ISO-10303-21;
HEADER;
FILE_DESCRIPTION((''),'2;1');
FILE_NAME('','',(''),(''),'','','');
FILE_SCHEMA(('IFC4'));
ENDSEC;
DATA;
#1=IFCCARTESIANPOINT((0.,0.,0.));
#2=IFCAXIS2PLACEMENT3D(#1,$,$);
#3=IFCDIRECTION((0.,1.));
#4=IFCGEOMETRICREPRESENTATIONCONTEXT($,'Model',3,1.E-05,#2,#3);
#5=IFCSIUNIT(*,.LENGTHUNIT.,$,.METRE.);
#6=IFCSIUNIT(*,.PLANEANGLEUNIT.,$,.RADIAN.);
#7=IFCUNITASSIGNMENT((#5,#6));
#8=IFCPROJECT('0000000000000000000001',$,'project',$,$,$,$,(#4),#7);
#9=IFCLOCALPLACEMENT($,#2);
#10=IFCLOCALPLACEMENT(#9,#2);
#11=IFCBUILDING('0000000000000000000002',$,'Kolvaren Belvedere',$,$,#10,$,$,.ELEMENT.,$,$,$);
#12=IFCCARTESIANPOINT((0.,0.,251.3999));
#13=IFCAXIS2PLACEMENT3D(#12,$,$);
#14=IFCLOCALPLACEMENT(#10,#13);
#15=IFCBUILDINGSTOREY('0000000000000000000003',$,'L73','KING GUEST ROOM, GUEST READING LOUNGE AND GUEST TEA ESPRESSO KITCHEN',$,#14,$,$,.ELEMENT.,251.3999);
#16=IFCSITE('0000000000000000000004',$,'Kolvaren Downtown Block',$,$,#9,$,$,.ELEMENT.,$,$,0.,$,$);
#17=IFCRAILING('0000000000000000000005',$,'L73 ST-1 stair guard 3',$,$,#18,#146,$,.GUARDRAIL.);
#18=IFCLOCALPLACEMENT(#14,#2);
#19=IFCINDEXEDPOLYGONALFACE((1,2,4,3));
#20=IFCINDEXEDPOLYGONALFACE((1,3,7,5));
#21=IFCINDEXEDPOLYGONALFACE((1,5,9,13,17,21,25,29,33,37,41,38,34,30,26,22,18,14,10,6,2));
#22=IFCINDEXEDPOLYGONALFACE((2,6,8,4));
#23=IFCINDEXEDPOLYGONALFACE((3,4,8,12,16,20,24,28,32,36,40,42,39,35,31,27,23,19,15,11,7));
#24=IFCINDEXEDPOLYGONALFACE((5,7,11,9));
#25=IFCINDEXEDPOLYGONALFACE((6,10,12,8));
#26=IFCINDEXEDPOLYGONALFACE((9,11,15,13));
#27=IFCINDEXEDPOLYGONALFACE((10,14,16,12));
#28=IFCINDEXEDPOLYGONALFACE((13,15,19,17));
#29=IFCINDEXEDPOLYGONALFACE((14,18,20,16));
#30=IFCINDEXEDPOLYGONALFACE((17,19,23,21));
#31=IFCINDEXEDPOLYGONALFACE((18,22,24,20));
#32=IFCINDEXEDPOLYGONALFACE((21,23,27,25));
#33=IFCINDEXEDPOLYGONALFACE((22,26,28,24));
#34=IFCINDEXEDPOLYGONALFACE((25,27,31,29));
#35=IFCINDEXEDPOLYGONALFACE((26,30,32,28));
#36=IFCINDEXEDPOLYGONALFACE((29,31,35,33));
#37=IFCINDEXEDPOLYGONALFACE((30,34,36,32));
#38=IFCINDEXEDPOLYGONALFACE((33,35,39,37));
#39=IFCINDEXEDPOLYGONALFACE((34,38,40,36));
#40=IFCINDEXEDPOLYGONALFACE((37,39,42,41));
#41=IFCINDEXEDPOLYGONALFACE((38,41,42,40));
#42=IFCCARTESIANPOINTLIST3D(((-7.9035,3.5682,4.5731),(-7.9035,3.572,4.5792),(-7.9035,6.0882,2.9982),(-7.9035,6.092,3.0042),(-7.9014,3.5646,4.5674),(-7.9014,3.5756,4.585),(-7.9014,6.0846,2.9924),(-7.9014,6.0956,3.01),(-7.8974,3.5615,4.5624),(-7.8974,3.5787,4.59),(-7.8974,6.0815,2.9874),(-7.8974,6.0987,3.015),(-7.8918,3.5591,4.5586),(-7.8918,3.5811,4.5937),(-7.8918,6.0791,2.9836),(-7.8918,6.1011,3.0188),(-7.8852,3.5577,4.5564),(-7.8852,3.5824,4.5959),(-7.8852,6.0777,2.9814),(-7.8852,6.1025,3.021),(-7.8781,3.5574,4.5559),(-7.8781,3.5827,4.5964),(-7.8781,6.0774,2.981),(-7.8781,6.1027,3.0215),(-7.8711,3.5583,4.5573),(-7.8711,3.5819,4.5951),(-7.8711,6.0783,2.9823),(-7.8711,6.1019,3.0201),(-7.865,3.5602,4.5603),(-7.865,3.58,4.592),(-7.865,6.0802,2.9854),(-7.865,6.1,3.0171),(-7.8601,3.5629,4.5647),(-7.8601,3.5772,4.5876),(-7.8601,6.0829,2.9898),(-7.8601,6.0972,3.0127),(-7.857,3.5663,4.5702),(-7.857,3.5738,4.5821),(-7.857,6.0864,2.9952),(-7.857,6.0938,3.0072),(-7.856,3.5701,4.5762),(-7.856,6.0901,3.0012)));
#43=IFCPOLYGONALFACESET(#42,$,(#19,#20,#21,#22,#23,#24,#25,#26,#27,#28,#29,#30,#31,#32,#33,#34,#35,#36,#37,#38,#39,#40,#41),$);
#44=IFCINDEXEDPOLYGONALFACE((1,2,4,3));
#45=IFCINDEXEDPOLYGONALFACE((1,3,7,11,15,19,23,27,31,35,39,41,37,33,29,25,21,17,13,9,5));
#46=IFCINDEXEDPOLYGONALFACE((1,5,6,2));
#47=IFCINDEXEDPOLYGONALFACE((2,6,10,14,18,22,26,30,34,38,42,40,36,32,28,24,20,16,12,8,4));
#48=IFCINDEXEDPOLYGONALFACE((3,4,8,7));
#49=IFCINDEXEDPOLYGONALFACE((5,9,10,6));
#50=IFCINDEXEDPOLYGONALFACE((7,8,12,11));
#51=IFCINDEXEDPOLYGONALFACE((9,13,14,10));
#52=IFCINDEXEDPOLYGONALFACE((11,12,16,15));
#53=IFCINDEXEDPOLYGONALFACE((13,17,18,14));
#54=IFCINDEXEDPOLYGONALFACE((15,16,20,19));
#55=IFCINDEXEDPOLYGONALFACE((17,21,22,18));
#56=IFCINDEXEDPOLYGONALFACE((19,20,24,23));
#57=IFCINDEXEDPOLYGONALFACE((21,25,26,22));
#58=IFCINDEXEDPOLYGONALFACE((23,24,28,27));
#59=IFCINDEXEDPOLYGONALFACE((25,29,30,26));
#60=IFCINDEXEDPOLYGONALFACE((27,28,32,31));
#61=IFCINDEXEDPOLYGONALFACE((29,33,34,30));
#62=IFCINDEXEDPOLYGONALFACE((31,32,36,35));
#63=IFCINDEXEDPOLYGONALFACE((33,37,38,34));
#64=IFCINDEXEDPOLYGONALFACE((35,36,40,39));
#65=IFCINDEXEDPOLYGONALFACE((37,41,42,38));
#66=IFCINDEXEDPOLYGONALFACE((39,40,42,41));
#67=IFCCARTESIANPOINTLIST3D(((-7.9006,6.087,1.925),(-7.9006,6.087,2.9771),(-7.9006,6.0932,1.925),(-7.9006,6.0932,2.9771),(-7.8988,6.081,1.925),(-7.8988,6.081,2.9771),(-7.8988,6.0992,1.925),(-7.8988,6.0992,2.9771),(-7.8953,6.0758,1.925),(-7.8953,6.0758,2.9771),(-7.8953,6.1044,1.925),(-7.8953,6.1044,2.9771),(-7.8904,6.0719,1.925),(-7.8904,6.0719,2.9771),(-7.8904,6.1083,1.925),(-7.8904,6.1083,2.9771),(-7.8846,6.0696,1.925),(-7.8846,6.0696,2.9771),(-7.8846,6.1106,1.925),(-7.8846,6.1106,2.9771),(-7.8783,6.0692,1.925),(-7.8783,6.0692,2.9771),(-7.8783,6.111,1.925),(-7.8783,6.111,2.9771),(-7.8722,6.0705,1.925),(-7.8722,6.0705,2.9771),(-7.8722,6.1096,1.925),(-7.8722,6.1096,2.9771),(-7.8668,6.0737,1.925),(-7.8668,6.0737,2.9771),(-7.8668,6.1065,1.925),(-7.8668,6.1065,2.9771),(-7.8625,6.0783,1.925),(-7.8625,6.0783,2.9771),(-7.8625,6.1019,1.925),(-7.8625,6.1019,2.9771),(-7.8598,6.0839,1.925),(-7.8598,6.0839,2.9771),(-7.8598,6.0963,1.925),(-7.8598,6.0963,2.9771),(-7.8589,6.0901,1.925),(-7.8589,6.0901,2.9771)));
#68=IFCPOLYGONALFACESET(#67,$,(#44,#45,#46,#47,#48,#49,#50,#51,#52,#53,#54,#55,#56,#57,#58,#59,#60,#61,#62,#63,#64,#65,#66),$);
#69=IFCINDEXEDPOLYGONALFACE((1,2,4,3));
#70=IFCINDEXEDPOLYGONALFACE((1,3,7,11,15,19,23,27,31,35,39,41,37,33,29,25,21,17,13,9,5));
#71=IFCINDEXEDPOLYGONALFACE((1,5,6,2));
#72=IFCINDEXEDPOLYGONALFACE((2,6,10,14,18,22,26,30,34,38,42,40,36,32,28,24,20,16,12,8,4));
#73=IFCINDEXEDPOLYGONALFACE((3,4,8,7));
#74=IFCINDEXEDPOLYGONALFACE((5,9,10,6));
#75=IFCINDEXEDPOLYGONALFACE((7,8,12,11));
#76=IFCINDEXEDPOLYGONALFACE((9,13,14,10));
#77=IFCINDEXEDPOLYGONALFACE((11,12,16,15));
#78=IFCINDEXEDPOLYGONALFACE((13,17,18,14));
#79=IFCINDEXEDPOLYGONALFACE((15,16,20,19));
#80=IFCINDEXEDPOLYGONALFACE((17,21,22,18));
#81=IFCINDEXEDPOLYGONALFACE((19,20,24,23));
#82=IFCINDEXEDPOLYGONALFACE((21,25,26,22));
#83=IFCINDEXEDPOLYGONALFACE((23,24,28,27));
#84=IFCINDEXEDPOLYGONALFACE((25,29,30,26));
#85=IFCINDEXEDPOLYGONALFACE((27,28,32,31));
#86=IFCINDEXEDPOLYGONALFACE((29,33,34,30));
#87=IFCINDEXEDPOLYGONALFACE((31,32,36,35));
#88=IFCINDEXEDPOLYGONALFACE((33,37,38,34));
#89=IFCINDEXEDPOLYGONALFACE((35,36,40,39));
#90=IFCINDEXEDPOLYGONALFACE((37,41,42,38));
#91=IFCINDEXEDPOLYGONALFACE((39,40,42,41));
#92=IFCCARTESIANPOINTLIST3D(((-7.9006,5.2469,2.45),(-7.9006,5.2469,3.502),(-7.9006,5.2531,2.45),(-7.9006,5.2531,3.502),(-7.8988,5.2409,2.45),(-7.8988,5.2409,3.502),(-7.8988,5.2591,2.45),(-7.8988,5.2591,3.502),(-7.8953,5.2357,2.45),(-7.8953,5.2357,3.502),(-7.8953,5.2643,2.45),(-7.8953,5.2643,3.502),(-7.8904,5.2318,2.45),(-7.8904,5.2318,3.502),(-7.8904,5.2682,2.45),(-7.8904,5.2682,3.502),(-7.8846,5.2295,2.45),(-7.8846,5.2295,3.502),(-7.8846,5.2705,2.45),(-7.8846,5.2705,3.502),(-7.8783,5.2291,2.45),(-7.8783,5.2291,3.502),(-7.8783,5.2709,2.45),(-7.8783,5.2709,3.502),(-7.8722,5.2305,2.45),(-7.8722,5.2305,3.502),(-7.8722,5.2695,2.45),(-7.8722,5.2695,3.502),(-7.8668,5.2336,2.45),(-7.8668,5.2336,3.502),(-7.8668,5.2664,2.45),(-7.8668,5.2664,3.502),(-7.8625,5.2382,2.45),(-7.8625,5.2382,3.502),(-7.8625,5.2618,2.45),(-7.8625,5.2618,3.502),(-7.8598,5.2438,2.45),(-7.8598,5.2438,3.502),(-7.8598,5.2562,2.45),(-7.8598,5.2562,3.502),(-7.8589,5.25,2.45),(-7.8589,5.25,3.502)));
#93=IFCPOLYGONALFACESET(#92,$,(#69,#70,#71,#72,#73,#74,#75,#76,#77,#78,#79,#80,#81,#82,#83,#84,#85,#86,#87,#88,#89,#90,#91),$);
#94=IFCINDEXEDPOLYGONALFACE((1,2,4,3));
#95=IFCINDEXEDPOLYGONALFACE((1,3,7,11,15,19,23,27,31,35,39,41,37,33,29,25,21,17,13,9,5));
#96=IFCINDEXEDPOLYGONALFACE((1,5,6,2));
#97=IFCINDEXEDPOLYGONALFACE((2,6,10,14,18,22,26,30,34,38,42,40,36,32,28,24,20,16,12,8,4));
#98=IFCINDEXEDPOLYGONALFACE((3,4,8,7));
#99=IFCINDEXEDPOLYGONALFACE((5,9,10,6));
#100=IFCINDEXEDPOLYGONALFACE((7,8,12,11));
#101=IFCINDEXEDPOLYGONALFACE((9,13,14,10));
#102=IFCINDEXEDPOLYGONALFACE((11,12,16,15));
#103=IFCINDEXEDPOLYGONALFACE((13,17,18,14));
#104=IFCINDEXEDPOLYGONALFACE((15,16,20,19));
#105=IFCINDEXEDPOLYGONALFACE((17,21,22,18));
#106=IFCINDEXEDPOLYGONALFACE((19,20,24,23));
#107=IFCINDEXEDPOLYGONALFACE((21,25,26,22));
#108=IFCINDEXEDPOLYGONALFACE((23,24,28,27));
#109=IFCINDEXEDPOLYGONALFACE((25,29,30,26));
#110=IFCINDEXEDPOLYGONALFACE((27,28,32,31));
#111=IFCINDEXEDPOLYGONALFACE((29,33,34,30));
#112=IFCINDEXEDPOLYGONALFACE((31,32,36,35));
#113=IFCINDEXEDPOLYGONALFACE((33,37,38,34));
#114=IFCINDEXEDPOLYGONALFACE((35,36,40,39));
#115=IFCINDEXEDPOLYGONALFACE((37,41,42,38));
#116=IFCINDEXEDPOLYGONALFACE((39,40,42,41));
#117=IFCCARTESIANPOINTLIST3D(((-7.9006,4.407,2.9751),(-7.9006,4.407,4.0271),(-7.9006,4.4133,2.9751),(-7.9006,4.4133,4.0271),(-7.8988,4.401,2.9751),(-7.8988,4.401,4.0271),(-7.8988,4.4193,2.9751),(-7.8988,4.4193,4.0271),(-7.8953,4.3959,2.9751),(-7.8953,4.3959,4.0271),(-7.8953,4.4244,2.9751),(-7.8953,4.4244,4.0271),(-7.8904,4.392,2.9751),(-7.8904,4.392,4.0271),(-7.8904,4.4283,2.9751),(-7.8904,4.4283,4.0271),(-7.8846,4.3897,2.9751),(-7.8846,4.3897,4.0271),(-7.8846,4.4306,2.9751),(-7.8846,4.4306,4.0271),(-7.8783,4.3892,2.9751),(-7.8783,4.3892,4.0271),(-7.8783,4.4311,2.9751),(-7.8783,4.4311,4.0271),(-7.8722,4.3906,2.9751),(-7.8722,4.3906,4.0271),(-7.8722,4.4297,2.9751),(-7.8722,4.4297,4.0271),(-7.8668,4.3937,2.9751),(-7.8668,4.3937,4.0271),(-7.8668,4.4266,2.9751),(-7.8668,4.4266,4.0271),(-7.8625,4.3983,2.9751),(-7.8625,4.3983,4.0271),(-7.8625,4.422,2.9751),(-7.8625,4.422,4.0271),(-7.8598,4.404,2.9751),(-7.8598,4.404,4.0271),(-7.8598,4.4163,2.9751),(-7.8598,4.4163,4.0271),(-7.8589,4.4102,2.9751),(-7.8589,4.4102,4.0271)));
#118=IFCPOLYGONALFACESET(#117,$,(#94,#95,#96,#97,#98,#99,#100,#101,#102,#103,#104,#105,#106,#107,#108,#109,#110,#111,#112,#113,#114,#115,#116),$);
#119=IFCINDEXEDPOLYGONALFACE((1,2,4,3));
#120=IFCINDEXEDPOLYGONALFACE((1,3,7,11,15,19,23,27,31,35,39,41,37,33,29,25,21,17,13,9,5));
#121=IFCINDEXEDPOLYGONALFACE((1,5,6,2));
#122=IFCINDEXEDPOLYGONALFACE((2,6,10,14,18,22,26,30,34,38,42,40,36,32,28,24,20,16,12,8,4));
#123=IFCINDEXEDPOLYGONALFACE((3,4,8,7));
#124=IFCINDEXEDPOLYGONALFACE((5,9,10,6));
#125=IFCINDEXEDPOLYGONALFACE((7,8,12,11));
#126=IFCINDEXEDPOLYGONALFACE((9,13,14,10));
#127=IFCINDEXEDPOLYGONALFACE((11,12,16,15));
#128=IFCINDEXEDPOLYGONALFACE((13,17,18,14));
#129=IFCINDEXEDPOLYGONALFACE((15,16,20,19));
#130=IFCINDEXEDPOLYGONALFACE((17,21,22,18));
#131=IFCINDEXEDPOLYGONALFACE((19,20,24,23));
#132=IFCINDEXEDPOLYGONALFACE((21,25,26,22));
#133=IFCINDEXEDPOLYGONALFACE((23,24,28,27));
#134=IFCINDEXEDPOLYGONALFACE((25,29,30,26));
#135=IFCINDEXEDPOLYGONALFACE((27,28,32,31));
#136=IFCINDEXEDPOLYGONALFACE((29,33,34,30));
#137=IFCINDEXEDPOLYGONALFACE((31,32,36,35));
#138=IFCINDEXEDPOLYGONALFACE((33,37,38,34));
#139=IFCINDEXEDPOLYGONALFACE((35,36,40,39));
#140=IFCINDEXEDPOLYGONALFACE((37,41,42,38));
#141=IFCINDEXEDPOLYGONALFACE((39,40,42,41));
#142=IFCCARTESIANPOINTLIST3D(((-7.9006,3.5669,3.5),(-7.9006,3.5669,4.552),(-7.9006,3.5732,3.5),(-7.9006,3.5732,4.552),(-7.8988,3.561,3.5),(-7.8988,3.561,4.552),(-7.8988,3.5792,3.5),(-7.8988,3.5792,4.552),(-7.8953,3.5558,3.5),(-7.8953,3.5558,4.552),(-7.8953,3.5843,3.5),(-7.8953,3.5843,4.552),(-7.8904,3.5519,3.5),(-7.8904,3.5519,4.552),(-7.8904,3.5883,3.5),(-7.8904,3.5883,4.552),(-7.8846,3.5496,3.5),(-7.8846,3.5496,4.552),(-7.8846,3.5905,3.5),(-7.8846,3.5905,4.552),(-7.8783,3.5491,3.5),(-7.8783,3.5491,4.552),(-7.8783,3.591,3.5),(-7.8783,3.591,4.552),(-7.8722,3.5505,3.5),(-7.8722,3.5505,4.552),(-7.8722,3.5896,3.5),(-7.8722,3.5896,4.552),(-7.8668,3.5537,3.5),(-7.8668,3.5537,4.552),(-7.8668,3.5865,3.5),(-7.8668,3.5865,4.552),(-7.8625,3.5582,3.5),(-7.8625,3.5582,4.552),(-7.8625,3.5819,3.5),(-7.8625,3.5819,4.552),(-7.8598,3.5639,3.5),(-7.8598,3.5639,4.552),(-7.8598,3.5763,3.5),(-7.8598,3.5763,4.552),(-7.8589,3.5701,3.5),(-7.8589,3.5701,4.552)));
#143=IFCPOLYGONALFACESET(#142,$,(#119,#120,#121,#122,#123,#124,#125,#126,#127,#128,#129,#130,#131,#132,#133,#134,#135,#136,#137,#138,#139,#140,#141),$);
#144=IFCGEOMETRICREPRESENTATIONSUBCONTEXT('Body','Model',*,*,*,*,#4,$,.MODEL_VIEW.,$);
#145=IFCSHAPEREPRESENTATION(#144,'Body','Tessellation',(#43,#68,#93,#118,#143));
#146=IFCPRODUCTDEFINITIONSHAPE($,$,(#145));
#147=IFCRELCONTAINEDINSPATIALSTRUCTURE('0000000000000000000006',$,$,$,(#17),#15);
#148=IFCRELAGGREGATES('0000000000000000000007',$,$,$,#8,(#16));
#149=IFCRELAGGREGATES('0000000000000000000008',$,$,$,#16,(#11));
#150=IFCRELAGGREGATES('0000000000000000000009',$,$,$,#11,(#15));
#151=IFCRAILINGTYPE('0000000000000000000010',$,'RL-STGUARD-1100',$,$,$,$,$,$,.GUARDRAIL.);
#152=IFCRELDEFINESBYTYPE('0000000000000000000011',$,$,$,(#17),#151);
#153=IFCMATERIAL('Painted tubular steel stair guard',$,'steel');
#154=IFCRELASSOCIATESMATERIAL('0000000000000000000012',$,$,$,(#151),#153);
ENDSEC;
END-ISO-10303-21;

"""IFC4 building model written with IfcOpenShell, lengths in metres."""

from ifc_helpers import new_model, si_unit, direction, frame, origin, origin_2d, place, context, subcontext, project, spatial, circle, extrude, material, type_object, element, save


model = new_model("IFC4")

# Units and contexts
model_context = context("Model", 3, precision=1e-05, world=origin(), true_north=direction((0.0, 1.0)))
body_context = subcontext(model_context, "Body", "Model", "MODEL_VIEW")
ifc_project = project(units=[si_unit("LENGTHUNIT", "METRE"), si_unit("PLANEANGLEUNIT", "RADIAN")], contexts=[model_context])

# Site, building, storey
site_placement = place(None, origin())
site = spatial("IfcSite", under=ifc_project, at=site_placement, Name="Kolvaren Downtown Block", CompositionType="ELEMENT", RefElevation=0.0)
building_placement = place(site_placement, origin())
building = spatial("IfcBuilding", under=site, at=building_placement, Name="Kolvaren Belvedere", CompositionType="ELEMENT")
storey_placement = place(building_placement, frame((0.0, 0.0, 251.3999)))
storey = spatial("IfcBuildingStorey", under=building, at=storey_placement, Name="L73", Description="KING GUEST ROOM, GUEST READING LOUNGE AND GUEST TEA ESPRESSO KITCHEN", CompositionType="ELEMENT", Elevation=251.3999)

# Railing
ifc_material_1 = material(Name="Painted tubular steel stair guard", Category="steel")
railing_type_1 = type_object("IfcRailingType", Name="RL-STGUARD-1100", PredefinedType="GUARDRAIL", material=ifc_material_1)
railing_1_placement = place(storey_placement, frame((-7.8799, 6.0901, 1.925)))
element("IfcRailing", 1, at=railing_1_placement, inside=storey, type_object=railing_type_1, Name="L73 ST-1 stair guard 3", PredefinedType="GUARDRAIL", context=body_context, shape_type="SweptSolid", body=[
    extrude(circle(Radius=0.0239, at=origin_2d()), frame((0.0, 0.0, 1.0762), z_axis=(0.0, -0.848008, 0.529984), x_axis=(1.0, 0.0, 0.0)), (0.0, 0.0, 1.0), 2.9717),
    extrude(circle(Radius=0.021, at=origin_2d()), origin(), (0.0, 0.0, 1.0), 1.052),
    extrude(circle(Radius=0.021, at=origin_2d()), frame((0.0, -0.8401, 0.5249)), (0.0, 0.0, 1.0), 1.052),
    extrude(circle(Radius=0.021, at=origin_2d()), frame((0.0, -1.6799, 1.05)), (0.0, 0.0, 1.0), 1.052),
    extrude(circle(Radius=0.021, at=origin_2d()), frame((0.0, -2.52, 1.575)), (0.0, 0.0, 1.0), 1.052),
])

save(model, "model.ifc")
